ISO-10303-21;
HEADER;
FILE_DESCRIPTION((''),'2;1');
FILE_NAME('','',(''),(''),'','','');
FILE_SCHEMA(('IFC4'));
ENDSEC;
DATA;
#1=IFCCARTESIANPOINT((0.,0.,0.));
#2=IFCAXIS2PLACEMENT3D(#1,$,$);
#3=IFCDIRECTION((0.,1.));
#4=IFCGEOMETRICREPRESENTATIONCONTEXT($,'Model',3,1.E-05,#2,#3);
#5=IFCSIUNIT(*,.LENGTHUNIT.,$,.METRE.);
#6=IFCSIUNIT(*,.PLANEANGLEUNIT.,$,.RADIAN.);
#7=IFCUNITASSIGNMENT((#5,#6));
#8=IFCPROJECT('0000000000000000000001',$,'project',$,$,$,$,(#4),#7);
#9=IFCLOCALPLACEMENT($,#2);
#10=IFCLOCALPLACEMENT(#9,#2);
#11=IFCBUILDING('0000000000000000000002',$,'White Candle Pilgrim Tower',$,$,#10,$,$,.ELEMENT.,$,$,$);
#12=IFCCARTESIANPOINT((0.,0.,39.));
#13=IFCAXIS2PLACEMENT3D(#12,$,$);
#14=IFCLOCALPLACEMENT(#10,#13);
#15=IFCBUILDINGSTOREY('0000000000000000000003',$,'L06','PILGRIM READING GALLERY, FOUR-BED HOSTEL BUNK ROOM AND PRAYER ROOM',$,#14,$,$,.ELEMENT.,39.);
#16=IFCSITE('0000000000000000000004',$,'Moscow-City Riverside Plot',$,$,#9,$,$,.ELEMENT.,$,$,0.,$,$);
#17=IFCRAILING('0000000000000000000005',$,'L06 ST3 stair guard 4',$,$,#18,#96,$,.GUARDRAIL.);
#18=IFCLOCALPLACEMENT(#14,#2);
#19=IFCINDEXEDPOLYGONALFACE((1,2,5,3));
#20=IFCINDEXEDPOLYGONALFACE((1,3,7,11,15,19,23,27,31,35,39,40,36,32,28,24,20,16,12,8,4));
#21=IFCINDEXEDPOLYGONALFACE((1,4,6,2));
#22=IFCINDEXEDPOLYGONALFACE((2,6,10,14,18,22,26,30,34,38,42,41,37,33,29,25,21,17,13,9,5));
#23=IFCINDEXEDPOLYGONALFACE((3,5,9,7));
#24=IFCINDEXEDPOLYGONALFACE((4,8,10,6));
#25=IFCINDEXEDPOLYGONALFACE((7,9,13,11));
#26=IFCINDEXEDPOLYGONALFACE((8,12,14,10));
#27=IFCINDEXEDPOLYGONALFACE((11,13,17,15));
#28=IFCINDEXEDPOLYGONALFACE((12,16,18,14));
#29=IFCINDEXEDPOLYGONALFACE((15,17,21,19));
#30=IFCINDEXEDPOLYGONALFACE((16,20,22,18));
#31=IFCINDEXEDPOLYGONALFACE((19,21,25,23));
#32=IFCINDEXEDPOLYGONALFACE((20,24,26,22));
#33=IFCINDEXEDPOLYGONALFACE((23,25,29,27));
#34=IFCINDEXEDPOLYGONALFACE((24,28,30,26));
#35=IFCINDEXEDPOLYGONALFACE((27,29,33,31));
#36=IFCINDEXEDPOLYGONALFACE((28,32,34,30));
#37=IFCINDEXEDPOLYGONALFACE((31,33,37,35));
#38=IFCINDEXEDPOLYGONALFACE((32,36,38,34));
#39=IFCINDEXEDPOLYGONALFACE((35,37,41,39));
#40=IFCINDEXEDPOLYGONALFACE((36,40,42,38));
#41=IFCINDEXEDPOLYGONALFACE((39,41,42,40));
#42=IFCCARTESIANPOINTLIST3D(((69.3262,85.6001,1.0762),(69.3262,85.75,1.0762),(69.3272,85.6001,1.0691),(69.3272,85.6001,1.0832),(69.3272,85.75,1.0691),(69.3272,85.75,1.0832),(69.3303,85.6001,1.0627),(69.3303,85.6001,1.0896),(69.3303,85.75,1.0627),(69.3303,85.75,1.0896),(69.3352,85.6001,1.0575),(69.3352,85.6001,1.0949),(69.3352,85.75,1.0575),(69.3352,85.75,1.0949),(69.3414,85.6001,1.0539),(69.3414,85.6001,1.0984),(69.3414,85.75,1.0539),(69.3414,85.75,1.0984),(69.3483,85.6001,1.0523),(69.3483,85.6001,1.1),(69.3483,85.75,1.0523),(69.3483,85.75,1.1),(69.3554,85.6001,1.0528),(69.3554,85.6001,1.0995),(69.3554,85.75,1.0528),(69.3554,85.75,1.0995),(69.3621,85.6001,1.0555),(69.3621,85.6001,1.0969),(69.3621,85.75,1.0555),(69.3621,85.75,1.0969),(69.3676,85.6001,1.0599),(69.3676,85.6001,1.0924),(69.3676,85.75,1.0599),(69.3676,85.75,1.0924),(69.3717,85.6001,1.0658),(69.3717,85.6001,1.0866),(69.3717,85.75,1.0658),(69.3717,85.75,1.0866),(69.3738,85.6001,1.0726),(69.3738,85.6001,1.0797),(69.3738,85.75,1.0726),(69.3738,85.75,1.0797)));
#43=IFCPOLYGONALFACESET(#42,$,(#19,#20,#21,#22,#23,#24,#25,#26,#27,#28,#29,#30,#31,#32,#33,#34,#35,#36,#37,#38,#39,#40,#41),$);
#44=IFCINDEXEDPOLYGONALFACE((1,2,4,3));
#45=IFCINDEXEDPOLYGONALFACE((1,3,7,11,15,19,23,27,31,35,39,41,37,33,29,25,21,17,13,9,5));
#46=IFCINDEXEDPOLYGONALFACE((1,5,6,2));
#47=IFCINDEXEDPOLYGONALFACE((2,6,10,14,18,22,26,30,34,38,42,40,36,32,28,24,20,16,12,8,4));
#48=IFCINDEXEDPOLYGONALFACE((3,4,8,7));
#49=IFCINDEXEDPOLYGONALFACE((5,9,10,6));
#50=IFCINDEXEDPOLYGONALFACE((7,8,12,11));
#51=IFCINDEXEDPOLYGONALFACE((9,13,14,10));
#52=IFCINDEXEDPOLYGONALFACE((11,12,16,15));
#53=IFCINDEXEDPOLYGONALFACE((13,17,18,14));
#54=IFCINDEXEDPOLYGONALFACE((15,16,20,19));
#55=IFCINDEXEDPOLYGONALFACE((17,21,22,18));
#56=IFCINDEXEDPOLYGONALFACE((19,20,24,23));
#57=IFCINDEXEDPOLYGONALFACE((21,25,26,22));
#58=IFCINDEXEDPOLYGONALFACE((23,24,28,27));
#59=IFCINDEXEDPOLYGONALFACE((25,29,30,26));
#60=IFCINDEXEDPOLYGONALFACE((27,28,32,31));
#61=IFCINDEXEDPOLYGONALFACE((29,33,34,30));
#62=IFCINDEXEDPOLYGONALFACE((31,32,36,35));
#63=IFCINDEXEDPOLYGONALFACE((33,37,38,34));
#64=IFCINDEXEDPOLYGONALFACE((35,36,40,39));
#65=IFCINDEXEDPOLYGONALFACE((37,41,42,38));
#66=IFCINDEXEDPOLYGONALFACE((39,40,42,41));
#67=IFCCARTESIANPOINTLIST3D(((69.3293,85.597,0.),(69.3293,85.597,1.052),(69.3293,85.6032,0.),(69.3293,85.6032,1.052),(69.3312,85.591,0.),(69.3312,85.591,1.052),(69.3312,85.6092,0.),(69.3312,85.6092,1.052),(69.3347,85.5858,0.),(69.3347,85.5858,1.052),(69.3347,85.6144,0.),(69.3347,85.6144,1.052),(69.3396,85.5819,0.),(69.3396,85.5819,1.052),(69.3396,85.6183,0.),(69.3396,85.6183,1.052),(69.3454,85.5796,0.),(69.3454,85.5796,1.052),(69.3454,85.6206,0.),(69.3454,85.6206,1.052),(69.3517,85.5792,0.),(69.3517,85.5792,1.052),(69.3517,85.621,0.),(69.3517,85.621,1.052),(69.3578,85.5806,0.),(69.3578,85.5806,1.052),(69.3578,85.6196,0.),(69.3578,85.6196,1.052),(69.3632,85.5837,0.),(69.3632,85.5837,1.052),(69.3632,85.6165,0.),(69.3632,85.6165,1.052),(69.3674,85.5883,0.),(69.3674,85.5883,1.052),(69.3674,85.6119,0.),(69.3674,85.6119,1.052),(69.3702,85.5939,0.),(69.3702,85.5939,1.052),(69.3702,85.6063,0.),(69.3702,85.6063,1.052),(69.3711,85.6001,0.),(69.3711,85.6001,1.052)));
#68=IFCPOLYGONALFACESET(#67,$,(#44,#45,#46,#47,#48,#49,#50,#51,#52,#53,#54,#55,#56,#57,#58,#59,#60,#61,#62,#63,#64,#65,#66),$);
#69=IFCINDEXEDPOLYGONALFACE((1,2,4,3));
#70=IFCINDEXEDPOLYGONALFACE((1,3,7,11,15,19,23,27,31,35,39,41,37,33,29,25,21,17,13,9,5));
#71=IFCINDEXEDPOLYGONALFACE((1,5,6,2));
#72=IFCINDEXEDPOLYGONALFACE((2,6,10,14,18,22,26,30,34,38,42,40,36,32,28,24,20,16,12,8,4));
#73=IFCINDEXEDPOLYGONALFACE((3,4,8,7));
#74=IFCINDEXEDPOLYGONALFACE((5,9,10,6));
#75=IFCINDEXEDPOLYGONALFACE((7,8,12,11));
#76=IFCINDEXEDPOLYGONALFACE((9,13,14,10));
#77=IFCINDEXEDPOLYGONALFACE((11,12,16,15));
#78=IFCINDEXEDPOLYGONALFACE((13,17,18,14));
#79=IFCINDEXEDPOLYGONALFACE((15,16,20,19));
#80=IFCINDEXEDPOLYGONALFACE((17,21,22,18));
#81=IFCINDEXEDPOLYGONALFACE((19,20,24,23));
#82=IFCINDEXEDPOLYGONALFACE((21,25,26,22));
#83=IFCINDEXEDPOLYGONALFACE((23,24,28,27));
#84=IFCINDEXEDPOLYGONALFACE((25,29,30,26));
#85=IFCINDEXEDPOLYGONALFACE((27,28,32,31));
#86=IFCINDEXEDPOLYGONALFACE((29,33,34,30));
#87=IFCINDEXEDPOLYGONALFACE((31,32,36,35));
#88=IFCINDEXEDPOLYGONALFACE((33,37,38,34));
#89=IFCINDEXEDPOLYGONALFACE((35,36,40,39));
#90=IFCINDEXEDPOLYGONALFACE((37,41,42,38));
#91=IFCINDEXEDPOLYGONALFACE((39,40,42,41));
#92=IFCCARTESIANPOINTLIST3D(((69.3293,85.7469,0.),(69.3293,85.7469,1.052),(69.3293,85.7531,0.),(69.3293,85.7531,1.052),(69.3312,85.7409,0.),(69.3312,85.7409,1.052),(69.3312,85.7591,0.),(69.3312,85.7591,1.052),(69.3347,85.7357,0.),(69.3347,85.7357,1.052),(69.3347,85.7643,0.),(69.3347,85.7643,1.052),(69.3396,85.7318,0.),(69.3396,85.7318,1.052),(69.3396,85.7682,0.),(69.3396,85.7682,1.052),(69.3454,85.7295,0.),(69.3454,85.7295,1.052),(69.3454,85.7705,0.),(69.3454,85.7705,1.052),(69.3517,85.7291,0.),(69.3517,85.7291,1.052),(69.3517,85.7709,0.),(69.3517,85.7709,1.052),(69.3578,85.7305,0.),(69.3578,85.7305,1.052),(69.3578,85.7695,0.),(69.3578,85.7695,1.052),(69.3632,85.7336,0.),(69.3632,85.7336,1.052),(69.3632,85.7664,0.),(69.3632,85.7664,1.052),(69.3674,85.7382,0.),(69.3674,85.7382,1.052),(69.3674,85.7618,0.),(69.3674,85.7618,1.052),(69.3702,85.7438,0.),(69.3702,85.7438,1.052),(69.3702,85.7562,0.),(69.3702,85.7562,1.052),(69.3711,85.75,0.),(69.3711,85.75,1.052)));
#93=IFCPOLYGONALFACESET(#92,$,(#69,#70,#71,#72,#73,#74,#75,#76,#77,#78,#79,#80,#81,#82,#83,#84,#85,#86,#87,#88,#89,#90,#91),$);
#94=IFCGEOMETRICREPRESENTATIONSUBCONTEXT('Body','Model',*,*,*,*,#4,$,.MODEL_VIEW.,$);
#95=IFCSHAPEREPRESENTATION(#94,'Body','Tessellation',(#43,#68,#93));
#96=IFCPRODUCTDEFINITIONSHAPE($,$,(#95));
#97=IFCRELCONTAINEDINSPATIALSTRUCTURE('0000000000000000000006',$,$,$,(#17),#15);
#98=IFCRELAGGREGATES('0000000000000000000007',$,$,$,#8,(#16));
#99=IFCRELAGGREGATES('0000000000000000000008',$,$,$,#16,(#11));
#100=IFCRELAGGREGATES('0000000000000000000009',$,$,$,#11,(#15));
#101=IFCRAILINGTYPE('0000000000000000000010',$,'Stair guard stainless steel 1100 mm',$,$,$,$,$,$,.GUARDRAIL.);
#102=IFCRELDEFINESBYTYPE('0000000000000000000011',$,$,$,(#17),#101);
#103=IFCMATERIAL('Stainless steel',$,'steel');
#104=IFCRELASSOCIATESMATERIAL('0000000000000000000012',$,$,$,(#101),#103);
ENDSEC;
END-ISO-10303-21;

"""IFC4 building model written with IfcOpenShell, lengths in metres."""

from ifc_helpers import new_model, si_unit, direction, frame, origin, origin_2d, place, context, subcontext, project, spatial, circle, extrude, material, type_object, element, save


model = new_model("IFC4")

# Units and contexts
model_context = context("Model", 3, precision=1e-05, world=origin(), true_north=direction((0.0, 1.0)))
body_context = subcontext(model_context, "Body", "Model", "MODEL_VIEW")
ifc_project = project(units=[si_unit("LENGTHUNIT", "METRE"), si_unit("PLANEANGLEUNIT", "RADIAN")], contexts=[model_context])

# Site, building, storey
site_placement = place(None, origin())
site = spatial("IfcSite", under=ifc_project, at=site_placement, Name="Moscow-City Riverside Plot", CompositionType="ELEMENT", RefElevation=0.0)
building_placement = place(site_placement, origin())
building = spatial("IfcBuilding", under=site, at=building_placement, Name="White Candle Pilgrim Tower", CompositionType="ELEMENT")
storey_placement = place(building_placement, frame((0.0, 0.0, 39.0)))
storey = spatial("IfcBuildingStorey", under=building, at=storey_placement, Name="L06", Description="PILGRIM READING GALLERY, FOUR-BED HOSTEL BUNK ROOM AND PRAYER ROOM", CompositionType="ELEMENT", Elevation=39.0)

# Railing
ifc_material_1 = material(Name="Stainless steel", Category="steel")
railing_type_1 = type_object("IfcRailingType", Name="Stair guard stainless steel 1100 mm", PredefinedType="GUARDRAIL", material=ifc_material_1)
railing_1_placement = place(storey_placement, frame((69.3501, 85.6001, 0.0)))
element("IfcRailing", 1, at=railing_1_placement, inside=storey, type_object=railing_type_1, Name="L06 ST3 stair guard 4", PredefinedType="GUARDRAIL", context=body_context, shape_type="SweptSolid", body=[
    extrude(circle(Radius=0.0239, at=origin_2d()), frame((0.0, 0.0, 1.0762), z_axis=(0.0, 1.0, 0.0), x_axis=(-1.0, 0.0, 0.0)), (0.0, 0.0, 1.0), 0.1499),
    extrude(circle(Radius=0.021, at=origin_2d()), origin(), (0.0, 0.0, 1.0), 1.052),
    extrude(circle(Radius=0.021, at=origin_2d()), frame((0.0, 0.1499, 0.0)), (0.0, 0.0, 1.0), 1.052),
])

save(model, "model.ifc")
